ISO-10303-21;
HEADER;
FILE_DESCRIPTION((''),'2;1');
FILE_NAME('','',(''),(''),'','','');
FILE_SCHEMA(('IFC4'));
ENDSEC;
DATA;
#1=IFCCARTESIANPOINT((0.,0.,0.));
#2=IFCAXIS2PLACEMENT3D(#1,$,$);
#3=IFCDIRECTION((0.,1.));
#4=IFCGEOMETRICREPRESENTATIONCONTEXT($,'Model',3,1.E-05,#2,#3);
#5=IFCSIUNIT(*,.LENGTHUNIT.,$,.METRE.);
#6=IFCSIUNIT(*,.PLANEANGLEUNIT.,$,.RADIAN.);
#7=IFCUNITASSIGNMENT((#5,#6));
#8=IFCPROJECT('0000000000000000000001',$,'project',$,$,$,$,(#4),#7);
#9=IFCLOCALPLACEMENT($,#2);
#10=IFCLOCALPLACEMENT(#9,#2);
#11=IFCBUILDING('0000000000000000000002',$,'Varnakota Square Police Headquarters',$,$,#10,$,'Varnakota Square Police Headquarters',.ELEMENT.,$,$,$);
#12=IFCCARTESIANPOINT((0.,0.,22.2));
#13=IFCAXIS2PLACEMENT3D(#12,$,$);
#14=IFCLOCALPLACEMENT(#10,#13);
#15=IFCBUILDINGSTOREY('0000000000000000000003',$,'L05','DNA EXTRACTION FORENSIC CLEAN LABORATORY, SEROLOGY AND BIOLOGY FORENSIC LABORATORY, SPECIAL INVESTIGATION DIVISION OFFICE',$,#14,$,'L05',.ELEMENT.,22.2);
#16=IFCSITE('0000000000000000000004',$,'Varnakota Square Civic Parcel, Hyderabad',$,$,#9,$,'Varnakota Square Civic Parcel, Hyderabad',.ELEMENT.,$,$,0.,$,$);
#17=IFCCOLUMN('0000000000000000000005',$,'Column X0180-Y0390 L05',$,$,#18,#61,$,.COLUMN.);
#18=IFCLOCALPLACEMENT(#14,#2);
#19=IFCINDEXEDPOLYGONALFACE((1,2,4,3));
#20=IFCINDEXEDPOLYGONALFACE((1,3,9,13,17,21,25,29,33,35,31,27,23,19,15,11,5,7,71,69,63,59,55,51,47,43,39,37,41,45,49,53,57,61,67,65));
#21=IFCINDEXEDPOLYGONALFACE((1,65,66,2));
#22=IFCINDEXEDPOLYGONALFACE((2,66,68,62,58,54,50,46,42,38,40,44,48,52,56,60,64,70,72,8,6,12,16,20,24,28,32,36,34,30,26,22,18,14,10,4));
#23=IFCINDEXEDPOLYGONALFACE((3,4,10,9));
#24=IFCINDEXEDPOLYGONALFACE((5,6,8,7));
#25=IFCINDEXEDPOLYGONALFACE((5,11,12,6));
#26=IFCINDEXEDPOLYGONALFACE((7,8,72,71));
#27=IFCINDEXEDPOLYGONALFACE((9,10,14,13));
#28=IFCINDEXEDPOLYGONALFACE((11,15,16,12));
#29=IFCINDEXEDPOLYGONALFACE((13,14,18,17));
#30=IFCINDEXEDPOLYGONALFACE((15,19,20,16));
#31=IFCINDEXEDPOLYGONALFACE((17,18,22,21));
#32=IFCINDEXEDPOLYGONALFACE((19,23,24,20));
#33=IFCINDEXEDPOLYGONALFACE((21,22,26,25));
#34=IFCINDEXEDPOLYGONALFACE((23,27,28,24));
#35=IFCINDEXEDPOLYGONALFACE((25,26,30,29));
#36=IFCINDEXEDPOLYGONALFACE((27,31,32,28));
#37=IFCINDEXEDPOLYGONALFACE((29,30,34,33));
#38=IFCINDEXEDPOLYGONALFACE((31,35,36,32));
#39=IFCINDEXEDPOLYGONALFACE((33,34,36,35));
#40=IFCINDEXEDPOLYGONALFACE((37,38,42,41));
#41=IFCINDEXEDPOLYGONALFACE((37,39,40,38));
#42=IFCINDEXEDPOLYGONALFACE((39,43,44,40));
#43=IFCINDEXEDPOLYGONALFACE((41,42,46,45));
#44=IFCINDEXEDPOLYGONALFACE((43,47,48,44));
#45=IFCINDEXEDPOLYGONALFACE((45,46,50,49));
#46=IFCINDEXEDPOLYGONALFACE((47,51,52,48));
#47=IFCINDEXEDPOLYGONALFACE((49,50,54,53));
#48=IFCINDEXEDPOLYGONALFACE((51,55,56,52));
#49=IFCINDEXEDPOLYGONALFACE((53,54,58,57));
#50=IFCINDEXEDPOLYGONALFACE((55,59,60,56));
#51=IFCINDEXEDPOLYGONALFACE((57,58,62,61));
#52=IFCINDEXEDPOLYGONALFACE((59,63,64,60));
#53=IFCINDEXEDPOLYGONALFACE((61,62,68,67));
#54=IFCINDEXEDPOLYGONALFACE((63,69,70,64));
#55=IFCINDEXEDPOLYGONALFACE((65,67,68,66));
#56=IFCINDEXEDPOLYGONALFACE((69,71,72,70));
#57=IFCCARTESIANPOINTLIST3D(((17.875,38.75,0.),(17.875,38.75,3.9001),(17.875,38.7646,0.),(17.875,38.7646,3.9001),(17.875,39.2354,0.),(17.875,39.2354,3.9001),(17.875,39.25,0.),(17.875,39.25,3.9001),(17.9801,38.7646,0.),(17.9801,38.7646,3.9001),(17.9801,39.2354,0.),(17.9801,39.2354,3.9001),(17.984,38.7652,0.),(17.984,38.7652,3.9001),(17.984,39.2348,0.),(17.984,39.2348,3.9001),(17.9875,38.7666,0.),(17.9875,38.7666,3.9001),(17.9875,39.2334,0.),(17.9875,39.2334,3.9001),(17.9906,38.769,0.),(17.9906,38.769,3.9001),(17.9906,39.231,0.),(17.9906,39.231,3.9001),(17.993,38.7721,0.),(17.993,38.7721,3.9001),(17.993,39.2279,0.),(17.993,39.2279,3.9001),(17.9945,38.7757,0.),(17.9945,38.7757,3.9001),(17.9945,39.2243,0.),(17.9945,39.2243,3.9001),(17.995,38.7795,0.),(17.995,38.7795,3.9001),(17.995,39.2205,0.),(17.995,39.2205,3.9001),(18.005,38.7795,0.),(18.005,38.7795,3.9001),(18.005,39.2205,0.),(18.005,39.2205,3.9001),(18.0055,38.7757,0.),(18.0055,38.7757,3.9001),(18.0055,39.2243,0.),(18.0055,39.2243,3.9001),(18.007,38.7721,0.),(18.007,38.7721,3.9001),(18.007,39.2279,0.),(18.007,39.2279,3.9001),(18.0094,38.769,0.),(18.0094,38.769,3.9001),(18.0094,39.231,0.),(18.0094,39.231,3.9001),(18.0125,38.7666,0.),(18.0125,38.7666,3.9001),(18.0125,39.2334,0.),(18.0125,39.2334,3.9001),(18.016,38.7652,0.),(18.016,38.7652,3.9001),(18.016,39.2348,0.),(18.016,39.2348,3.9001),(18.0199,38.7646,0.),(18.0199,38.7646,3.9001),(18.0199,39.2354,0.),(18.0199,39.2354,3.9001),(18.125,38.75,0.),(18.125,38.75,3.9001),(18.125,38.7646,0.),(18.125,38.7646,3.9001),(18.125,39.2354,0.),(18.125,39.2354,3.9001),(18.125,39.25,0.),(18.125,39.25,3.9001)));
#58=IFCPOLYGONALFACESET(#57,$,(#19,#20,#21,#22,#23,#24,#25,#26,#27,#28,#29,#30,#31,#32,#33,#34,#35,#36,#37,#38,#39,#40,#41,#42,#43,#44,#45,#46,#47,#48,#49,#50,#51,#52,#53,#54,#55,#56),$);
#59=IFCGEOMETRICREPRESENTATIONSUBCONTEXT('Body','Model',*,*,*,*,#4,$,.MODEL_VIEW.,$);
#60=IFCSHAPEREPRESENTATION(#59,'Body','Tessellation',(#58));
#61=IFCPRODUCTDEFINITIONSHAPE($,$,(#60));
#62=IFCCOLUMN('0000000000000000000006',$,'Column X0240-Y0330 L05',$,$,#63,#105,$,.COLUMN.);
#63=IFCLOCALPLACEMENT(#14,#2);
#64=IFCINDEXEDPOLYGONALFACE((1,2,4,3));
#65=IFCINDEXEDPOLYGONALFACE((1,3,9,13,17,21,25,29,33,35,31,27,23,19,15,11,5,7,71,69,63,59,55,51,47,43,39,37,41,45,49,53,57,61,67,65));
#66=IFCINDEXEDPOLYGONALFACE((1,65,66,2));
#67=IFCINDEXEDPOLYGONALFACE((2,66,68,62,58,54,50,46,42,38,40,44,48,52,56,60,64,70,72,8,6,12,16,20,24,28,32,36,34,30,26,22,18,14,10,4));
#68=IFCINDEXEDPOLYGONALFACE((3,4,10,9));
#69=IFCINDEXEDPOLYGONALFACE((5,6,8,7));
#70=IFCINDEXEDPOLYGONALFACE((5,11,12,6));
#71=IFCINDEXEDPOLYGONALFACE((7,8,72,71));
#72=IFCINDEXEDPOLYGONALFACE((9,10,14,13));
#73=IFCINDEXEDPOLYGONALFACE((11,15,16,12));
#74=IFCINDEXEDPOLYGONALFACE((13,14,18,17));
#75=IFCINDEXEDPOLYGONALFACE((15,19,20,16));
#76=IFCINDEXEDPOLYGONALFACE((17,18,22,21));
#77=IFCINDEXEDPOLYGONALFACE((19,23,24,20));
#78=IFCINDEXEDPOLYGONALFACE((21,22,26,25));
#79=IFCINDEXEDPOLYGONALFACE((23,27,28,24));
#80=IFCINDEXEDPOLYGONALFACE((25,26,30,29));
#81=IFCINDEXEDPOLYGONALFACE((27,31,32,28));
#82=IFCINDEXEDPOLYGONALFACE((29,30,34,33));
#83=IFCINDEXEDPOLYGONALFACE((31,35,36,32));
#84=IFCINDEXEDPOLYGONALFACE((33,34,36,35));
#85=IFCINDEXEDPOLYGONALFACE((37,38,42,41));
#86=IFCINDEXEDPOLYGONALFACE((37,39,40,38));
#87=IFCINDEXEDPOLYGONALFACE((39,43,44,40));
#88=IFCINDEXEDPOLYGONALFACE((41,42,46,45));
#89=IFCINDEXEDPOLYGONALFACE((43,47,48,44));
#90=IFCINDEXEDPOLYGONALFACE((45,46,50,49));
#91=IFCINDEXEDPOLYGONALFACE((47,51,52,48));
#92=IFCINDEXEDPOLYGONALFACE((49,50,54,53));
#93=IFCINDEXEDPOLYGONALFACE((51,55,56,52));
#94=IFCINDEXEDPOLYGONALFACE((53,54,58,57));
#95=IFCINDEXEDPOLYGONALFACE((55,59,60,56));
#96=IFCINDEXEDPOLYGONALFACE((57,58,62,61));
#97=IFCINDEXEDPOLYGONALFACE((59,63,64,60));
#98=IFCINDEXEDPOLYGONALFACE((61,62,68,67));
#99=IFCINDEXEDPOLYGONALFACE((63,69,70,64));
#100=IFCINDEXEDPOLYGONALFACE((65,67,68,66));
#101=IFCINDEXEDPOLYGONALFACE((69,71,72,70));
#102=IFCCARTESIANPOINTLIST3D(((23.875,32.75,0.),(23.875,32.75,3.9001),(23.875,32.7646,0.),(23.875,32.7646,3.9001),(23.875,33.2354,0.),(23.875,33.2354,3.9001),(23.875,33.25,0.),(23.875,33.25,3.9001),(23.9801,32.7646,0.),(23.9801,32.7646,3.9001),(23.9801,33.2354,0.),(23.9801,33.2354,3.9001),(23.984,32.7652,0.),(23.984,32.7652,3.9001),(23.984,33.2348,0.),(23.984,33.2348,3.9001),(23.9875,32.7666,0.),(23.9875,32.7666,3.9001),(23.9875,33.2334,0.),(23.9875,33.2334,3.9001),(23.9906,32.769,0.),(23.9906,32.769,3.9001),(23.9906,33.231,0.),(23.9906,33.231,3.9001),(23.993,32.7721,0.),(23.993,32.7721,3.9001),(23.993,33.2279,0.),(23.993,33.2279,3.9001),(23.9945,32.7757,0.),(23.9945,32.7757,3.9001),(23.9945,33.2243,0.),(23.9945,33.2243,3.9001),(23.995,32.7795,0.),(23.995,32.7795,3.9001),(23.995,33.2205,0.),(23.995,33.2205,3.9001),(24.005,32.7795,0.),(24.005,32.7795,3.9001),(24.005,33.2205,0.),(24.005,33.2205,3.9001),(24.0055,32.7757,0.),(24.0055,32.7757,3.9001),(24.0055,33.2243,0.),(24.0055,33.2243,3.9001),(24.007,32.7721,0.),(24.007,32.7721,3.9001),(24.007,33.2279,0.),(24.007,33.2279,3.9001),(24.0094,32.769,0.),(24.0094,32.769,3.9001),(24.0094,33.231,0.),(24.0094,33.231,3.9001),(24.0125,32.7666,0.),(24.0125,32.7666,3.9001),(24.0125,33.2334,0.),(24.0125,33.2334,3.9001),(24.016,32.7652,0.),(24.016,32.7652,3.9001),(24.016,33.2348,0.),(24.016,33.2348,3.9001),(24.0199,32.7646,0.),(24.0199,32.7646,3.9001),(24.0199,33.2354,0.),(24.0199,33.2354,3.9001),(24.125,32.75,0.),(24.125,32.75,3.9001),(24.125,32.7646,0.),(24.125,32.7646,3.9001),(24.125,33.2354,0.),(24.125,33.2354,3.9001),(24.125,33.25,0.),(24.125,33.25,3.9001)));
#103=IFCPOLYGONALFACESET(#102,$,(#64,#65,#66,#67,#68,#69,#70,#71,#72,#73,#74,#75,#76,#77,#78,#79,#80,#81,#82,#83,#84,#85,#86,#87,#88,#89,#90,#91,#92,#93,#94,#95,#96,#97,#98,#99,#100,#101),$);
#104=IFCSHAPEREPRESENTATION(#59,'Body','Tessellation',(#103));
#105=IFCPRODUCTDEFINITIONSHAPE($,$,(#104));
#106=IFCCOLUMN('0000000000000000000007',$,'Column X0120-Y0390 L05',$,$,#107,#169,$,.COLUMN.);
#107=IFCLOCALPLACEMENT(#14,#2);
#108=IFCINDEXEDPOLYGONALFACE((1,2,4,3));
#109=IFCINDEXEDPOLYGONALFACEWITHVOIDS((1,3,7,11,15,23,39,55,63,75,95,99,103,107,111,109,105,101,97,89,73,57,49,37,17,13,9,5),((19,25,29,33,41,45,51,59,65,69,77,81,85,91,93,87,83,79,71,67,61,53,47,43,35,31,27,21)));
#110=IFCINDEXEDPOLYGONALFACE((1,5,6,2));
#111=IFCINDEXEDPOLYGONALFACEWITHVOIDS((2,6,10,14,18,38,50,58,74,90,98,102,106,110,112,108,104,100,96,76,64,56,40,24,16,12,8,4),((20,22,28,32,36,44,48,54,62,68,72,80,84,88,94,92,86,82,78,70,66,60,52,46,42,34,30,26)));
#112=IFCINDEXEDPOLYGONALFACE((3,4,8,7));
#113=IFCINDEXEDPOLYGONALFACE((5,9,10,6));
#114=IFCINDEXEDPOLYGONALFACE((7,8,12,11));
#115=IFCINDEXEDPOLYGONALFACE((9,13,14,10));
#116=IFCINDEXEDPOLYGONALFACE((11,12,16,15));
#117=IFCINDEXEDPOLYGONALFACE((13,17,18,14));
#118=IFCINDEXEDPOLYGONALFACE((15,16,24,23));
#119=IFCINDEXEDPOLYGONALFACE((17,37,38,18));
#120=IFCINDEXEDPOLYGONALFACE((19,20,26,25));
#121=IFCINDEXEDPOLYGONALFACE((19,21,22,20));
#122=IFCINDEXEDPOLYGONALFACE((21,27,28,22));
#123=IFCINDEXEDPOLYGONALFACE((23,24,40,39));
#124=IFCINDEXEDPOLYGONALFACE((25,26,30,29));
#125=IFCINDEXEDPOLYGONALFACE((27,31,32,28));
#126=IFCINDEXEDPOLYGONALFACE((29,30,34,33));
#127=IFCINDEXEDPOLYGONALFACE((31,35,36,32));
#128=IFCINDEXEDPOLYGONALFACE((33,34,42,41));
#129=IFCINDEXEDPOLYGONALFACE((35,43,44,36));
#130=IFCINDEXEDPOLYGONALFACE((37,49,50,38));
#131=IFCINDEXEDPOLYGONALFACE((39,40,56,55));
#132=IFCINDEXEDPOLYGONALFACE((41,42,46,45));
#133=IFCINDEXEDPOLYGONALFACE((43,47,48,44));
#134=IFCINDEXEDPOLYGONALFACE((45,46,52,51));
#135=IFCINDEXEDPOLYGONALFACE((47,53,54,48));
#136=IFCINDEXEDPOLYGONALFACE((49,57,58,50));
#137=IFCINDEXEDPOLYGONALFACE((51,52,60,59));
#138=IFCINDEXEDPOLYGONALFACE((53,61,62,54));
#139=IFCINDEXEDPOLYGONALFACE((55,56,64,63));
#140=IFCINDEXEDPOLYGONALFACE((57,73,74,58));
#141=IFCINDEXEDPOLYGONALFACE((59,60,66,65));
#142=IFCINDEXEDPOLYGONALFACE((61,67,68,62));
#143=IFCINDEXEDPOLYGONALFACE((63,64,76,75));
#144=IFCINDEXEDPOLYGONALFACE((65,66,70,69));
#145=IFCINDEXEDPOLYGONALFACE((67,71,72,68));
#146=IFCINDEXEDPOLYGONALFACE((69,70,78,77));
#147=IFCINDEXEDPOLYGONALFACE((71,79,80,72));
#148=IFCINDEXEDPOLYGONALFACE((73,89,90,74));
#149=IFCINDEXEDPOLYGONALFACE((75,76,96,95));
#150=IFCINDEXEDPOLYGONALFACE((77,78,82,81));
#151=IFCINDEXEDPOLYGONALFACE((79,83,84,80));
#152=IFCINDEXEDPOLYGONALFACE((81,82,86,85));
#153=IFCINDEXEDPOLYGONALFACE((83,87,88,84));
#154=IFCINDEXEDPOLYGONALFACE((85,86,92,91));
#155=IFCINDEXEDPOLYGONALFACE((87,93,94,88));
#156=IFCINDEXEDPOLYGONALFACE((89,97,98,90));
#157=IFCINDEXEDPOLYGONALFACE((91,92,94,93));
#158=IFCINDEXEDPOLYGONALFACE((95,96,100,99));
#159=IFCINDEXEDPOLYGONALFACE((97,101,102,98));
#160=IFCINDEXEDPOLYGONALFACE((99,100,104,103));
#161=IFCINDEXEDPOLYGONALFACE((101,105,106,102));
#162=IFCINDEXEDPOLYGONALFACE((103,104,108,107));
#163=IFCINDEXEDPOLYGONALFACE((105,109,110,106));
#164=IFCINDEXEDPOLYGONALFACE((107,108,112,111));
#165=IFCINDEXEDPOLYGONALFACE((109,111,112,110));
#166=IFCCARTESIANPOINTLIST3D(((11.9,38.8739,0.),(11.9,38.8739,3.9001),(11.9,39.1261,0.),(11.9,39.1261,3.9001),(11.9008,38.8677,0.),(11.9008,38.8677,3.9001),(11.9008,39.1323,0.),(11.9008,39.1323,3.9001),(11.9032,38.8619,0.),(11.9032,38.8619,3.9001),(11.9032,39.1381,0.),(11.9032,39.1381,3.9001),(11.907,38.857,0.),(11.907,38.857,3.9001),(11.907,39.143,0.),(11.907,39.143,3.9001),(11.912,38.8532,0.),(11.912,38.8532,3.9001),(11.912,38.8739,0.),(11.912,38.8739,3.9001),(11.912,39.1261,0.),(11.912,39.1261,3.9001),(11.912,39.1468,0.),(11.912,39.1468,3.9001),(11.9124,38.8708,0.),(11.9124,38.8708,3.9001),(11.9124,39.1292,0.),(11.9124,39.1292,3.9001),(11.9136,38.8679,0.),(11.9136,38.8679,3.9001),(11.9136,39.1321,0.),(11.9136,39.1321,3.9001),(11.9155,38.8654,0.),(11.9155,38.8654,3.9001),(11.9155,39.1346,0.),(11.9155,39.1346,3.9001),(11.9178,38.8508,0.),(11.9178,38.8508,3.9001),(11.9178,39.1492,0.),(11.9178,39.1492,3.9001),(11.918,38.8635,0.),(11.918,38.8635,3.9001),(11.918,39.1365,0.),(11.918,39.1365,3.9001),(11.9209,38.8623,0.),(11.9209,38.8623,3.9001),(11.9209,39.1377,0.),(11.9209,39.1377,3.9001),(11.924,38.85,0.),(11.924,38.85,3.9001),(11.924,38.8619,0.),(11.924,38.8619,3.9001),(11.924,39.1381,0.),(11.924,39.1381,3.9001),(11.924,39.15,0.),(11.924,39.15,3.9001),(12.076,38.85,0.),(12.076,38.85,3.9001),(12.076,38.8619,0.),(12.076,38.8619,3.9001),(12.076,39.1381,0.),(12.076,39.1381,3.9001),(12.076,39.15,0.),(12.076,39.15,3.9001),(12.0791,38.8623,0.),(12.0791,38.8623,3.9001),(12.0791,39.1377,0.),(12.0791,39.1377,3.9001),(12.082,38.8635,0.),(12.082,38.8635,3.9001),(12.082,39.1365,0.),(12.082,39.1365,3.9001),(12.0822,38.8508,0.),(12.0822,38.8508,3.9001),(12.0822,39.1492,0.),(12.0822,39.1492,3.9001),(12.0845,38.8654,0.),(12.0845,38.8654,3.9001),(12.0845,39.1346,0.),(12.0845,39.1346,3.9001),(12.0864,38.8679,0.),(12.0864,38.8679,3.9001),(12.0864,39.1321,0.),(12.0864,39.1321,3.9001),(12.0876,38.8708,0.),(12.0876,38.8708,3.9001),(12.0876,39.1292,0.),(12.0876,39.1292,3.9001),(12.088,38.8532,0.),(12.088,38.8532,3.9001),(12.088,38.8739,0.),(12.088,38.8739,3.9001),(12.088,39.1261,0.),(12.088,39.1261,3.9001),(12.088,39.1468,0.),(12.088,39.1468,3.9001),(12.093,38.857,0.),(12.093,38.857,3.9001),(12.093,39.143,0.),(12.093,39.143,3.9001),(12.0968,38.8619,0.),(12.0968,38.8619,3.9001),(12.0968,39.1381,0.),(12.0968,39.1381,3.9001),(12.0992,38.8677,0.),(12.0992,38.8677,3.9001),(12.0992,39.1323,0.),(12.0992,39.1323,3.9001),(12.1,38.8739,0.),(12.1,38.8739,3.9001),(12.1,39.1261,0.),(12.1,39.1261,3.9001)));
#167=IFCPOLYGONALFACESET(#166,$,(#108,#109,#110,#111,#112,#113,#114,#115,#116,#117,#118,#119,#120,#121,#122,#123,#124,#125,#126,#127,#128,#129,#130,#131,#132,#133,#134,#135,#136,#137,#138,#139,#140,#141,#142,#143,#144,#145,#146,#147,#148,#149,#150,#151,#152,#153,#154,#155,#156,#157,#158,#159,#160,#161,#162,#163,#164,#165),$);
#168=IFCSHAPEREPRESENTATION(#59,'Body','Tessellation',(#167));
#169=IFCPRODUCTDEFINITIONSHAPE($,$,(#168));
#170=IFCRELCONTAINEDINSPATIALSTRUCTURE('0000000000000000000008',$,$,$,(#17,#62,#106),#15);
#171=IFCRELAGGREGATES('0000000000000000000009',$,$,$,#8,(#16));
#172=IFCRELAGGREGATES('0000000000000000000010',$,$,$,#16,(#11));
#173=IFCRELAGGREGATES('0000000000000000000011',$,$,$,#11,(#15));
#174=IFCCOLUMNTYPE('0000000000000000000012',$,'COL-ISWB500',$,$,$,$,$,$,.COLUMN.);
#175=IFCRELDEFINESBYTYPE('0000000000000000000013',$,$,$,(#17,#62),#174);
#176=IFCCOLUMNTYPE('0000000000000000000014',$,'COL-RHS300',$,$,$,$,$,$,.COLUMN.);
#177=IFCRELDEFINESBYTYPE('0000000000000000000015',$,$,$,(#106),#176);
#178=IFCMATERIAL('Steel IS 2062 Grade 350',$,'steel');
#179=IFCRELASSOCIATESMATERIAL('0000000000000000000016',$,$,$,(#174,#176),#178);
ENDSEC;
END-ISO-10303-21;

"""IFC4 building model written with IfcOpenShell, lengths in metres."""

from ifc_helpers import new_model, si_unit, direction, frame, origin, origin_2d, place, context, subcontext, project, spatial, hollow_rectangle, i_section, extrude, material, material_profile, profile_set, type_object, element, save


model = new_model("IFC4")

# Units and contexts
model_context = context("Model", 3, precision=1e-05, world=origin(), true_north=direction((0.0, 1.0)))
body_context = subcontext(model_context, "Body", "Model", "MODEL_VIEW")
ifc_project = project(units=[si_unit("LENGTHUNIT", "METRE"), si_unit("PLANEANGLEUNIT", "RADIAN")], contexts=[model_context])

# Site, building, storey
site_placement = place(None, origin())
site = spatial("IfcSite", under=ifc_project, at=site_placement, Name="Varnakota Square Civic Parcel, Hyderabad", LongName="Varnakota Square Civic Parcel, Hyderabad", CompositionType="ELEMENT", RefElevation=0.0)
building_placement = place(site_placement, origin())
building = spatial("IfcBuilding", under=site, at=building_placement, Name="Varnakota Square Police Headquarters", LongName="Varnakota Square Police Headquarters", CompositionType="ELEMENT")
storey_placement = place(building_placement, frame((0.0, 0.0, 22.2)))
storey = spatial("IfcBuildingStorey", under=building, at=storey_placement, Name="L05", Description="DNA EXTRACTION FORENSIC CLEAN LABORATORY, SEROLOGY AND BIOLOGY FORENSIC LABORATORY, SPECIAL INVESTIGATION DIVISION OFFICE", LongName="L05", CompositionType="ELEMENT", Elevation=22.2)

# Columns
ifc_material_1 = material(Name="Steel IS 2062 Grade 350", Category="steel")
ifc_material_profile_1 = material_profile(ifc_material_1, i_section(OverallWidth=0.25, OverallDepth=0.5, WebThickness=0.01, FlangeThickness=0.0146, FilletRadius=0.0149, at=origin_2d()), Name="ISWB 500")
ifc_profile_set_1 = profile_set([ifc_material_profile_1], Name="Steel IS 2062 Grade 350")
column_type_1 = type_object("IfcColumnType", Name="COL-ISWB500", PredefinedType="COLUMN", material=ifc_profile_set_1)
for number, where, z_axis, x_axis, name in (
    (1, (18.0, 39.0, 0.0), (0.0, 0.0, 1.0), (1.0, 0.0, 0.0), "Column X0180-Y0390 L05"),
    (2, (24.0, 33.0, 0.0), (0.0, 0.0, 1.0), (1.0, 0.0, 0.0), "Column X0240-Y0330 L05"),
):
    element("IfcColumn", number, at=place(storey_placement, frame(where, z_axis=z_axis, x_axis=x_axis)), inside=storey, type_object=column_type_1, Name=name, PredefinedType="COLUMN", context=body_context, shape_type="SweptSolid", body=[
        extrude(i_section(OverallWidth=0.25, OverallDepth=0.5, WebThickness=0.01, FlangeThickness=0.0146, FilletRadius=0.0149, at=origin_2d()), origin(), (0.0, 0.0, 1.0), 3.9001),
    ])
ifc_material_profile_2 = material_profile(ifc_material_1, hollow_rectangle(XDim=0.2, YDim=0.3, WallThickness=0.012, InnerFilletRadius=0.012, OuterFilletRadius=0.0239, at=origin_2d()), Name="RHS 300x200x12")
ifc_profile_set_2 = profile_set([ifc_material_profile_2], Name="Steel IS 2062 Grade 350")
column_type_2 = type_object("IfcColumnType", Name="COL-RHS300", PredefinedType="COLUMN", material=ifc_profile_set_2)
for number, where, z_axis, x_axis, name in (
    (3, (12.0, 39.0, 0.0), (0.0, 0.0, 1.0), (1.0, 0.0, 0.0), "Column X0120-Y0390 L05"),
):
    element("IfcColumn", number, at=place(storey_placement, frame(where, z_axis=z_axis, x_axis=x_axis)), inside=storey, type_object=column_type_2, Name=name, PredefinedType="COLUMN", context=body_context, shape_type="SweptSolid", body=[
        extrude(hollow_rectangle(XDim=0.2, YDim=0.3, WallThickness=0.012, InnerFilletRadius=0.012, OuterFilletRadius=0.0239, at=origin_2d()), origin(), (0.0, 0.0, 1.0), 3.9001),
    ])

save(model, "model.ifc")
